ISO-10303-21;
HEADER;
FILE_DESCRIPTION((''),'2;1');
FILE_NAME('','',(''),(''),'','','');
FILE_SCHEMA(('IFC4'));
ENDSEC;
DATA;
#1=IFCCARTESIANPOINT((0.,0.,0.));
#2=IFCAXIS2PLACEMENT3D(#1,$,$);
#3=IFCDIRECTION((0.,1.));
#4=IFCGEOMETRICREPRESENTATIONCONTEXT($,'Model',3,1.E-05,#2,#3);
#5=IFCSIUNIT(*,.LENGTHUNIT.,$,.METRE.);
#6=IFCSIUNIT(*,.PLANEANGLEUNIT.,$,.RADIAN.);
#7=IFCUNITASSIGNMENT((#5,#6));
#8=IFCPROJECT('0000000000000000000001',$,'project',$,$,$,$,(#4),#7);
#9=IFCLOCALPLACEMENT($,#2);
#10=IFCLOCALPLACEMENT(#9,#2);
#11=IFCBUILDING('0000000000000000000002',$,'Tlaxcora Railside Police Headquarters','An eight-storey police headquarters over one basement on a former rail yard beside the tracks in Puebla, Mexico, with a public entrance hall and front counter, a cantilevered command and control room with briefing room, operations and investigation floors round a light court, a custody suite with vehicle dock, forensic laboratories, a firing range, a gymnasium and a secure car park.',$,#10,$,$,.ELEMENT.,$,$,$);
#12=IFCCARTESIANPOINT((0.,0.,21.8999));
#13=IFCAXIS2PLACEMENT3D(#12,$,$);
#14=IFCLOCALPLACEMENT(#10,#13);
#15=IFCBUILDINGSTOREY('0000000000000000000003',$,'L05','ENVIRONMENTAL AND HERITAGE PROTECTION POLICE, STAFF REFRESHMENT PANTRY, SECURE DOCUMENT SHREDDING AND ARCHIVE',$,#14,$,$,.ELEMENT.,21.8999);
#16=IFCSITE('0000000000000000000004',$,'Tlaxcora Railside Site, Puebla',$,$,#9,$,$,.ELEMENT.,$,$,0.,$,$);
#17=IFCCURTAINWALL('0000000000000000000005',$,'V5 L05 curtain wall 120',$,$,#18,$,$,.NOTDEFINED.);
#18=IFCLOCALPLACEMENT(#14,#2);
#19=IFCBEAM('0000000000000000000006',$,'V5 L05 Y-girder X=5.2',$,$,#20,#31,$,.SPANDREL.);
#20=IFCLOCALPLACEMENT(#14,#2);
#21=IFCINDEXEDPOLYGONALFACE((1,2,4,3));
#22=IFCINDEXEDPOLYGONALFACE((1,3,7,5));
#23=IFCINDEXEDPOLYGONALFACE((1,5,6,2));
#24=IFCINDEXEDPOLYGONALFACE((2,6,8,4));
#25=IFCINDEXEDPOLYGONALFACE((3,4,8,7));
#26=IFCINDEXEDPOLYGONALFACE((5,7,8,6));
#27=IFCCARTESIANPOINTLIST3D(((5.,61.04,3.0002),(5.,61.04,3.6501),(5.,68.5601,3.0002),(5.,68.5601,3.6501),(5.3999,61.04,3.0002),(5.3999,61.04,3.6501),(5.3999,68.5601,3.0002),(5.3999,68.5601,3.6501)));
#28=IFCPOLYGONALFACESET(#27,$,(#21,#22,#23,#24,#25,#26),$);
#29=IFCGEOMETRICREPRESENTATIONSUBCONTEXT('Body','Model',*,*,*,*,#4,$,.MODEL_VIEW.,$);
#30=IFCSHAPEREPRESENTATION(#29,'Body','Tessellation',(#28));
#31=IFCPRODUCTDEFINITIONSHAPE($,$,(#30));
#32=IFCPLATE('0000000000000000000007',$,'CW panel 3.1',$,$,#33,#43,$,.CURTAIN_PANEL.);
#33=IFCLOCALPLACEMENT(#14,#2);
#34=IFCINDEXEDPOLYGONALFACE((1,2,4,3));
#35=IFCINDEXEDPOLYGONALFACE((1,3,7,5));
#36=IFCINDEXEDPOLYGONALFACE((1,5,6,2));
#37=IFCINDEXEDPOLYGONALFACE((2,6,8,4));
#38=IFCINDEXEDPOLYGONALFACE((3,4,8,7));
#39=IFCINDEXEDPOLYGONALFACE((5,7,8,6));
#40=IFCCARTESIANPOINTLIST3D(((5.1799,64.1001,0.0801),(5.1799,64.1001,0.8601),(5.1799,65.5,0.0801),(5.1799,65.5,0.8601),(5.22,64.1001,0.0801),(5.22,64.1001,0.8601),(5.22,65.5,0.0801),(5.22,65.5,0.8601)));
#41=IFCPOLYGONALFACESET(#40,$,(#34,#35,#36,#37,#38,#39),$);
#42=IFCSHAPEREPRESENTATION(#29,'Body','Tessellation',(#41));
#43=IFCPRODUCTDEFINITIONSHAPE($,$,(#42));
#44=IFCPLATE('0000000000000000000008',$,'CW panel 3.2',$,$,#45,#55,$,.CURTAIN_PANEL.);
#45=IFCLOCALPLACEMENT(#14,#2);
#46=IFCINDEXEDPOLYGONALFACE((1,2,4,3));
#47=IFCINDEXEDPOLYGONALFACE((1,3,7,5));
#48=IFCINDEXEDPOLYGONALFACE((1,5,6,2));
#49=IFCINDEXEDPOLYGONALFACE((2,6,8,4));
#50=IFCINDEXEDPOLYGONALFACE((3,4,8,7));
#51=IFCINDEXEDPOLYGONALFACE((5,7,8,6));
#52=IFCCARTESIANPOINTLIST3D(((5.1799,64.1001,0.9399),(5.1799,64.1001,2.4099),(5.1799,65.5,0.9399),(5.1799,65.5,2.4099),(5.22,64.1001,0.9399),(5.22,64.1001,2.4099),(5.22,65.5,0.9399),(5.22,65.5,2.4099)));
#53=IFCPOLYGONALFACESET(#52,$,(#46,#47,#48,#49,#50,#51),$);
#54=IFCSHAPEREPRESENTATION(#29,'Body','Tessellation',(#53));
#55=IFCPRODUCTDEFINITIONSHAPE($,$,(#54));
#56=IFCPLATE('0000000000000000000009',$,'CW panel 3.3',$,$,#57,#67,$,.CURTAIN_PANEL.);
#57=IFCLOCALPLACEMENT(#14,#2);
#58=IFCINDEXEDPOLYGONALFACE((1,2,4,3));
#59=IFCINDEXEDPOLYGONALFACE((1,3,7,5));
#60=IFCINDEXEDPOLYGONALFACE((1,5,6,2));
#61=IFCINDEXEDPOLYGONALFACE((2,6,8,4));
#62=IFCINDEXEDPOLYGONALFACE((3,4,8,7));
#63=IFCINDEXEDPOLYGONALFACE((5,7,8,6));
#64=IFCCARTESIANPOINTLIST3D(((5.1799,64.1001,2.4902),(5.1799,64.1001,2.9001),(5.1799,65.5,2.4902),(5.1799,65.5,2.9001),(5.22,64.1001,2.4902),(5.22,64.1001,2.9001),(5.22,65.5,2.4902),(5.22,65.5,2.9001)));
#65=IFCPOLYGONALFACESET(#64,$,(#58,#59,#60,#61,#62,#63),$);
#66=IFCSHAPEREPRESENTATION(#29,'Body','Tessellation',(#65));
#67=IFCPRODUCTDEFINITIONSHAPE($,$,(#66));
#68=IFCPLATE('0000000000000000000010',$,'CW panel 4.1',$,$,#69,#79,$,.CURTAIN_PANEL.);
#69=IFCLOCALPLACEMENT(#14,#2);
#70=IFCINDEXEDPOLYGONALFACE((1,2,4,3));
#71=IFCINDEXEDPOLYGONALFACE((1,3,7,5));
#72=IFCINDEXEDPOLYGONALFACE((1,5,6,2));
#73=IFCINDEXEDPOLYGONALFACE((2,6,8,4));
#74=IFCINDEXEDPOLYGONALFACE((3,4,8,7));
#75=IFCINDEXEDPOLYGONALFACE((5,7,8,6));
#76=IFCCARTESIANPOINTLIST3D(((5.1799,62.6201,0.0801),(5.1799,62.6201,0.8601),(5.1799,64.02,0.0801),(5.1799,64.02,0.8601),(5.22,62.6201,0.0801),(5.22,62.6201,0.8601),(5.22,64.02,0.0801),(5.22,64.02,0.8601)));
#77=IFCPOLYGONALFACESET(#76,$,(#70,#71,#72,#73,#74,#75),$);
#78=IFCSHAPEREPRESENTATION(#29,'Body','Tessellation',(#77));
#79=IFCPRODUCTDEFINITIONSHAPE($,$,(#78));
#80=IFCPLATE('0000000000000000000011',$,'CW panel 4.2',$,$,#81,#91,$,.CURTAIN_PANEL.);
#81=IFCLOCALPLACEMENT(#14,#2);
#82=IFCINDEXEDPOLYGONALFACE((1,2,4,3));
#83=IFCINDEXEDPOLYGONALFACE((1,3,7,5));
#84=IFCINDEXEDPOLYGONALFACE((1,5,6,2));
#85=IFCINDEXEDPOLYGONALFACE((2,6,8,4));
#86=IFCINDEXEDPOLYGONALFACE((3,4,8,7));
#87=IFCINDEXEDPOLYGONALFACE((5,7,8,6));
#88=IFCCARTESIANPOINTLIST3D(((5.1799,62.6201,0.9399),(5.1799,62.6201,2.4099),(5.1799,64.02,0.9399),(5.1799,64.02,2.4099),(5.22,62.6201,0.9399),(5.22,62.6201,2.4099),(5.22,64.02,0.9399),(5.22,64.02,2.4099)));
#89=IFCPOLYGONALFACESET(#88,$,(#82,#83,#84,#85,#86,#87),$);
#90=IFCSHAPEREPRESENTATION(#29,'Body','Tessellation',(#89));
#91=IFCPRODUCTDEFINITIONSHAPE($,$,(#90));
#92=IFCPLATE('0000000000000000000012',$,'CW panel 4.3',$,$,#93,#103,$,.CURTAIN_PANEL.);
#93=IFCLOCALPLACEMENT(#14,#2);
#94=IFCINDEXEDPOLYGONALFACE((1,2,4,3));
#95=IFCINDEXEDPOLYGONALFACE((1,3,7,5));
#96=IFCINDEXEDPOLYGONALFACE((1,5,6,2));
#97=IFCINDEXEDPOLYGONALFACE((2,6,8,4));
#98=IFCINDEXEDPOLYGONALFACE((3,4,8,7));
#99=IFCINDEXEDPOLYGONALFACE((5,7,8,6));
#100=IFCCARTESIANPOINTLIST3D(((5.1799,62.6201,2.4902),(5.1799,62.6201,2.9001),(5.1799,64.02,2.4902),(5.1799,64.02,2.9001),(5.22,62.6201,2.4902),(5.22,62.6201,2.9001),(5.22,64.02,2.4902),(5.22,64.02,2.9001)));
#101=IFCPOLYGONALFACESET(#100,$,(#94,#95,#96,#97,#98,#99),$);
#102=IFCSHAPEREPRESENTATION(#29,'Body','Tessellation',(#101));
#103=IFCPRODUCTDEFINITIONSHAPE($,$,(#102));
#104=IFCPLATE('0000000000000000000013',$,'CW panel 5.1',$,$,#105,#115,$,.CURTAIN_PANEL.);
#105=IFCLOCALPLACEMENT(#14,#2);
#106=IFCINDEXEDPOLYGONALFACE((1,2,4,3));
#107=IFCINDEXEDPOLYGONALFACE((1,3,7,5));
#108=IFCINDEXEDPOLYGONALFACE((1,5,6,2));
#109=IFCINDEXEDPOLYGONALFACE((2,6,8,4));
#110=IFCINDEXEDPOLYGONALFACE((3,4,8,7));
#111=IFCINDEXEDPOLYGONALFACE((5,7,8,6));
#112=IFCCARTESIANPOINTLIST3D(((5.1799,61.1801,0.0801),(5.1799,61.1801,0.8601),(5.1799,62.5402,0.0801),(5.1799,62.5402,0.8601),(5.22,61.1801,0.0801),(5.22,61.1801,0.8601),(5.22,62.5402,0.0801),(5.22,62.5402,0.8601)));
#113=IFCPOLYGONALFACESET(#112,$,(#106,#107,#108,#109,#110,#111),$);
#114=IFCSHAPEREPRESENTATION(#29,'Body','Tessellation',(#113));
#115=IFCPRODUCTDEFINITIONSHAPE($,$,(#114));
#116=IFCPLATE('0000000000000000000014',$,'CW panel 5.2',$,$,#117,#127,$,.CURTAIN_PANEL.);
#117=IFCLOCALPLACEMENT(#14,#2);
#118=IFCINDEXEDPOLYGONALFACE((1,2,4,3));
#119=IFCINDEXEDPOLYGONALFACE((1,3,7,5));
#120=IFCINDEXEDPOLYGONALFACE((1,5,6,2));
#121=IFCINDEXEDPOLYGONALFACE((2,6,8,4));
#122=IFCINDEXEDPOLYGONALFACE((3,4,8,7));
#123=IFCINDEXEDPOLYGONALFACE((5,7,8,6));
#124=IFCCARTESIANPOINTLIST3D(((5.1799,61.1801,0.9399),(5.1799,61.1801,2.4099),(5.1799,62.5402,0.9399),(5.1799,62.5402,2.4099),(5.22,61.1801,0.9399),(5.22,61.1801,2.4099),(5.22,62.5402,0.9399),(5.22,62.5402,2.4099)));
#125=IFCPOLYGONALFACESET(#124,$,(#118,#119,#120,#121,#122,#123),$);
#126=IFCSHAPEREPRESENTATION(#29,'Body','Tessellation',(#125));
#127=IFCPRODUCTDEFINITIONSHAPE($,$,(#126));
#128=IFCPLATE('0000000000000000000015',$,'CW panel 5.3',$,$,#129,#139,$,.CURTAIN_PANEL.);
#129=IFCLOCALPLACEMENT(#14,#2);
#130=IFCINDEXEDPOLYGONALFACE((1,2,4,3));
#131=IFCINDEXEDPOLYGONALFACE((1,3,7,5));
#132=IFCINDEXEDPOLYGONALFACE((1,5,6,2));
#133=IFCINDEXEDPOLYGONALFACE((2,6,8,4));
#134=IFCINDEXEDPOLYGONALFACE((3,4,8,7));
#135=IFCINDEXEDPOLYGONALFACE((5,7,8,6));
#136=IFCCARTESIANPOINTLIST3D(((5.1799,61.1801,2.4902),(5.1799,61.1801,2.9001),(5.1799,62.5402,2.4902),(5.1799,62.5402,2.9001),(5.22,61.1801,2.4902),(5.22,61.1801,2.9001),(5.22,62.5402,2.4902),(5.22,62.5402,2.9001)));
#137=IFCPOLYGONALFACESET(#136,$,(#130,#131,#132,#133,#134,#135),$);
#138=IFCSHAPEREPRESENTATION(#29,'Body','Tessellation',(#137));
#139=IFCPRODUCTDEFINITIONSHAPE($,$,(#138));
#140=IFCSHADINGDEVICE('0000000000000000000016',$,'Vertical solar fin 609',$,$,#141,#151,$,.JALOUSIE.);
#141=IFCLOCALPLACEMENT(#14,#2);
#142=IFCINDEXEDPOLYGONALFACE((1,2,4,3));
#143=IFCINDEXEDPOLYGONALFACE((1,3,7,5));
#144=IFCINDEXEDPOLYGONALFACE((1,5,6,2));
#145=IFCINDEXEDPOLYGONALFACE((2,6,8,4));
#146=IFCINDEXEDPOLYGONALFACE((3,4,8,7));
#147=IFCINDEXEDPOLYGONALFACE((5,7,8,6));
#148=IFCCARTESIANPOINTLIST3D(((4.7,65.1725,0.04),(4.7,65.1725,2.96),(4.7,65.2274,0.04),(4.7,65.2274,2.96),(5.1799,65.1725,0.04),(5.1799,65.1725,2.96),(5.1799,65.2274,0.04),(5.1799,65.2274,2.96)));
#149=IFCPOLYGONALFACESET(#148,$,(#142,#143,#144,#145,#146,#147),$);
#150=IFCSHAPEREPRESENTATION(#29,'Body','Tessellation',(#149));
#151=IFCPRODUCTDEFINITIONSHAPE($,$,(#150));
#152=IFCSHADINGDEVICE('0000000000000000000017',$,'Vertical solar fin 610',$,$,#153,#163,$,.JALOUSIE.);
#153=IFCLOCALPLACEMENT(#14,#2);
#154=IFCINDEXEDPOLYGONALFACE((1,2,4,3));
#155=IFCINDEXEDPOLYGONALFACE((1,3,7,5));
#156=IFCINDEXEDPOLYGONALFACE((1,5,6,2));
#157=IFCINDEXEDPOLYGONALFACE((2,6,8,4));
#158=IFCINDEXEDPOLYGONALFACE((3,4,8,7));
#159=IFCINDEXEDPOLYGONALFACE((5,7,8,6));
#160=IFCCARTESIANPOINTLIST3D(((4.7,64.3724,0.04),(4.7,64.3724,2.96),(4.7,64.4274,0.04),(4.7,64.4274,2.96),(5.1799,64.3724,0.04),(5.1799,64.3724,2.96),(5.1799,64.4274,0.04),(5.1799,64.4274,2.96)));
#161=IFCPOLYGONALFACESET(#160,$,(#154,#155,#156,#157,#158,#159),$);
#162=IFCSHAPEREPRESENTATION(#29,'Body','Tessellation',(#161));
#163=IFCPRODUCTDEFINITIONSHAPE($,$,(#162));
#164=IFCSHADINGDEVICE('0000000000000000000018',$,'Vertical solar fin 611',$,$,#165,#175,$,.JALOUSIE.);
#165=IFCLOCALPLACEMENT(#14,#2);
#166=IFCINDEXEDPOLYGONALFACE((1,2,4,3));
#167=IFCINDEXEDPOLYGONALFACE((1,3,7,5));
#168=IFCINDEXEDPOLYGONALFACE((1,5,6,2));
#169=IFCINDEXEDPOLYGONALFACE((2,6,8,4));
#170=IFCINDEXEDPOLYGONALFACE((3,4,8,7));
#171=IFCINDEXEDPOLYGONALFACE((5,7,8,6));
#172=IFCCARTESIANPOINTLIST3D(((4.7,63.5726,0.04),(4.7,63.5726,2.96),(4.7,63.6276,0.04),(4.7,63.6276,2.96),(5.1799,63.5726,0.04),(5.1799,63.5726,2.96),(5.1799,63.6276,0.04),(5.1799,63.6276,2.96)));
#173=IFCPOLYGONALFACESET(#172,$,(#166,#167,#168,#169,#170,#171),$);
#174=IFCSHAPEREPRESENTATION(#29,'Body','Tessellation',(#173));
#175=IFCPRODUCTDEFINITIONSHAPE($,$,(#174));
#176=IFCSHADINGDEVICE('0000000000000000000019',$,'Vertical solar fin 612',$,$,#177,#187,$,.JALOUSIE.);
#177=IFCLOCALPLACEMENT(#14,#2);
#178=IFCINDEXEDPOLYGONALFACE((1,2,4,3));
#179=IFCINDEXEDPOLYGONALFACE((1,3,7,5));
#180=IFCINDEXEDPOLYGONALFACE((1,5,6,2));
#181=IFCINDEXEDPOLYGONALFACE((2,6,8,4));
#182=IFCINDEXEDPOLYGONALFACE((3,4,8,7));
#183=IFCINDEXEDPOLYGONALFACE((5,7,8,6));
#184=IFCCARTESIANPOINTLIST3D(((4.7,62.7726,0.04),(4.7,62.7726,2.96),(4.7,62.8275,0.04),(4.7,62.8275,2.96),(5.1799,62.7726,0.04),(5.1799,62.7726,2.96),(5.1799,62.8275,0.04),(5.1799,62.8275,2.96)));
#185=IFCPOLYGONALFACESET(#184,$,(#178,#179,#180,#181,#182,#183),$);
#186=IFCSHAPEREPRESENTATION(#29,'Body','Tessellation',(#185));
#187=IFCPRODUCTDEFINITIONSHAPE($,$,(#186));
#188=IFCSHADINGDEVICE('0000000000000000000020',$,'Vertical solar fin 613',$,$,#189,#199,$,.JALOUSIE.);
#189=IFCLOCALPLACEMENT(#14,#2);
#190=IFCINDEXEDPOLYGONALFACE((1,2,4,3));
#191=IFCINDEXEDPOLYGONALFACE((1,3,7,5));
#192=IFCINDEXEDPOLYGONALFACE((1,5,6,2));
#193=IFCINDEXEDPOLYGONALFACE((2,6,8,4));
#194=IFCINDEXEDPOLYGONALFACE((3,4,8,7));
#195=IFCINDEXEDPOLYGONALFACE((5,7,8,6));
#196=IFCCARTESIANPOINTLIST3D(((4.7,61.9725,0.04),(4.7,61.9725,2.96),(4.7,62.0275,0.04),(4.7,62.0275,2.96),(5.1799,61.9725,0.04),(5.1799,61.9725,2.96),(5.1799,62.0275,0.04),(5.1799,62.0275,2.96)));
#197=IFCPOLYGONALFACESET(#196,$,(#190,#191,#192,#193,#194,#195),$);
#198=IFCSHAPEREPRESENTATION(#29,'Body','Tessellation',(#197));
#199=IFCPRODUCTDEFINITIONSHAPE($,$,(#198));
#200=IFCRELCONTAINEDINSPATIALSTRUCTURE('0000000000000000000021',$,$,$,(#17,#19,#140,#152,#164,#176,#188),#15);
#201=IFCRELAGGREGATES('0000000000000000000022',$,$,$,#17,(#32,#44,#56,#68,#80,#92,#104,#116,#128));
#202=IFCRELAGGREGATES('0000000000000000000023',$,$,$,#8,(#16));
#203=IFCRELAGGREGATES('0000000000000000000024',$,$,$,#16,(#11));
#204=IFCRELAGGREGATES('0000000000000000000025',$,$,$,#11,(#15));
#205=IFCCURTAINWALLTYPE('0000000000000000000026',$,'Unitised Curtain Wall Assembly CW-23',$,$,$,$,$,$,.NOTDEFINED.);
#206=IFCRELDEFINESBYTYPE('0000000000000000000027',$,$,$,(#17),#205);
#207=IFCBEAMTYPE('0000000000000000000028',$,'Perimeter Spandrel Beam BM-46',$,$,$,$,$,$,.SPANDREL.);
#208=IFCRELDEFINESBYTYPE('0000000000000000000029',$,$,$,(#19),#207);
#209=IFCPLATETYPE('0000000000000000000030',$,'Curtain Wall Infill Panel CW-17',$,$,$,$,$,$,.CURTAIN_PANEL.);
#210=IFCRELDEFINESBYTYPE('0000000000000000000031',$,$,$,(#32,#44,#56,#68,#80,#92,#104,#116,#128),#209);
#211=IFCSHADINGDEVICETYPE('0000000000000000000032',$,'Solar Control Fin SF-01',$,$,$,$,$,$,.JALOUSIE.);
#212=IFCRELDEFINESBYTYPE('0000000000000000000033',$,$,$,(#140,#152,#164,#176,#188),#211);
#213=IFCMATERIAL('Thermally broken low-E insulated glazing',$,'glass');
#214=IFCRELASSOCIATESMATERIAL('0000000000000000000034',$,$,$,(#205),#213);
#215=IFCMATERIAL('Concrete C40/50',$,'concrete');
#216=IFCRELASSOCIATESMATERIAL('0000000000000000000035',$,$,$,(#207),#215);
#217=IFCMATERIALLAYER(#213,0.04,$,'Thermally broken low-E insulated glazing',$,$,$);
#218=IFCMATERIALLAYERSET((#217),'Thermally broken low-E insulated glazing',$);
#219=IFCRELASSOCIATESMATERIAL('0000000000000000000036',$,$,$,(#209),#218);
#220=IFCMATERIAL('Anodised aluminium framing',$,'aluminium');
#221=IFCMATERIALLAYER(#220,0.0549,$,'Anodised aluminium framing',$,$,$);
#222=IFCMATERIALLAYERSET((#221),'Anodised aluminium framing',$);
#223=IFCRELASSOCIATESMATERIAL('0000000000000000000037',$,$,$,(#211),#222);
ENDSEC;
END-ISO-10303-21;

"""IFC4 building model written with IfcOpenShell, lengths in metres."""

from ifc_helpers import new_model, si_unit, direction, frame, origin, origin_2d, place, context, subcontext, project, spatial, rectangle, extrude, material, layer, layer_set, material_profile, profile_set, type_object, element, aggregate, save


model = new_model("IFC4")

# Units and contexts
model_context = context("Model", 3, precision=1e-05, world=origin(), true_north=direction((0.0, 1.0)))
body_context = subcontext(model_context, "Body", "Model", "MODEL_VIEW")
ifc_project = project(units=[si_unit("LENGTHUNIT", "METRE"), si_unit("PLANEANGLEUNIT", "RADIAN")], contexts=[model_context])

# Site, building, storey
site_placement = place(None, origin())
site = spatial("IfcSite", under=ifc_project, at=site_placement, Name="Tlaxcora Railside Site, Puebla", CompositionType="ELEMENT", RefElevation=0.0)
building_placement = place(site_placement, origin())
building = spatial("IfcBuilding", under=site, at=building_placement, Name="Tlaxcora Railside Police Headquarters", Description="An eight-storey police headquarters over one basement on a former rail yard beside the tracks in Puebla, Mexico, with a public entrance hall and front counter, a cantilevered command and control room with briefing room, operations and investigation floors round a light court, a custody suite with vehicle dock, forensic laboratories, a firing range, a gymnasium and a secure car park.", CompositionType="ELEMENT")
storey_placement = place(building_placement, frame((0.0, 0.0, 21.8999)))
storey = spatial("IfcBuildingStorey", under=building, at=storey_placement, Name="L05", Description="ENVIRONMENTAL AND HERITAGE PROTECTION POLICE, STAFF REFRESHMENT PANTRY, SECURE DOCUMENT SHREDDING AND ARCHIVE", CompositionType="ELEMENT", Elevation=21.8999)

# Curtain wall
ifc_material_1 = material(Name="Thermally broken low-E insulated glazing", Category="glass")
curtain_wall_type = type_object("IfcCurtainWallType", Name="Unitised Curtain Wall Assembly CW-23", PredefinedType="NOTDEFINED", material=ifc_material_1)
curtain_wall_placement = place(storey_placement, origin())
curtain_wall = element("IfcCurtainWall", 1, at=curtain_wall_placement, inside=storey, type_object=curtain_wall_type, Name="V5 L05 curtain wall 120", PredefinedType="NOTDEFINED")
ifc_material_2 = material(Name="Anodised aluminium framing", Category="aluminium")

# Beam
ifc_material_3 = material(Name="Concrete C40/50", Category="concrete")
ifc_material_profile_1 = material_profile(ifc_material_3, rectangle(XDim=0.3999, YDim=0.6499, at=origin_2d()), Name="RC400X650")
ifc_profile_set_1 = profile_set([ifc_material_profile_1], Name="Concrete C40/50")
beam_type = type_object("IfcBeamType", Name="Perimeter Spandrel Beam BM-46", PredefinedType="SPANDREL", material=ifc_profile_set_1)
beam_placement = place(storey_placement, frame((5.2, 61.04, 3.3252), z_axis=(0.0, 1.0, 0.0), x_axis=(-1.0, 0.0, 0.0)))
element("IfcBeam", 2, at=beam_placement, inside=storey, type_object=beam_type, Name="V5 L05 Y-girder X=5.2", PredefinedType="SPANDREL", context=body_context, shape_type="SweptSolid", body=[
    extrude(rectangle(XDim=0.3999, YDim=0.6499, at=origin_2d()), origin(), (0.0, 0.0, 1.0), 7.52),
])

# Plates
ifc_layer_1 = layer(ifc_material_1, 0.04, Name="Thermally broken low-E insulated glazing")
ifc_layer_set_1 = layer_set([ifc_layer_1], Name="Thermally broken low-E insulated glazing")
plate_type = type_object("IfcPlateType", Name="Curtain Wall Infill Panel CW-17", PredefinedType="CURTAIN_PANEL", material=ifc_layer_set_1)
plate_1_placement = place(storey_placement, frame((5.2, 64.8, 0.0801), z_axis=(0.0, 0.0, 1.0), x_axis=(0.0, -1.0, 0.0)))
plate_1 = element("IfcPlate", 3, at=plate_1_placement, type_object=plate_type, Name="CW panel 3.1", PredefinedType="CURTAIN_PANEL", context=body_context, shape_type="SweptSolid", body=[
    extrude(rectangle(XDim=1.3999, YDim=0.04, at=origin_2d()), origin(), (0.0, 0.0, 1.0), 0.78),
])
plate_2_placement = place(storey_placement, frame((5.2, 64.8, 0.9399), z_axis=(0.0, 0.0, 1.0), x_axis=(0.0, -1.0, 0.0)))
plate_2 = element("IfcPlate", 4, at=plate_2_placement, type_object=plate_type, Name="CW panel 3.2", PredefinedType="CURTAIN_PANEL", context=body_context, shape_type="SweptSolid", body=[
    extrude(rectangle(XDim=1.3999, YDim=0.04, at=origin_2d()), origin(), (0.0, 0.0, 1.0), 1.47),
])
plate_3_placement = place(storey_placement, frame((5.2, 64.8, 2.4902), z_axis=(0.0, 0.0, 1.0), x_axis=(0.0, -1.0, 0.0)))
plate_3 = element("IfcPlate", 5, at=plate_3_placement, type_object=plate_type, Name="CW panel 3.3", PredefinedType="CURTAIN_PANEL", context=body_context, shape_type="SweptSolid", body=[
    extrude(rectangle(XDim=1.3999, YDim=0.04, at=origin_2d()), origin(), (0.0, 0.0, 1.0), 0.4099),
])
plate_4_placement = place(storey_placement, frame((5.2, 63.3201, 0.0801), z_axis=(0.0, 0.0, 1.0), x_axis=(0.0, -1.0, 0.0)))
plate_4 = element("IfcPlate", 6, at=plate_4_placement, type_object=plate_type, Name="CW panel 4.1", PredefinedType="CURTAIN_PANEL", context=body_context, shape_type="SweptSolid", body=[
    extrude(rectangle(XDim=1.3999, YDim=0.04, at=origin_2d()), origin(), (0.0, 0.0, 1.0), 0.78),
])
plate_5_placement = place(storey_placement, frame((5.2, 63.3201, 0.9399), z_axis=(0.0, 0.0, 1.0), x_axis=(0.0, -1.0, 0.0)))
plate_5 = element("IfcPlate", 7, at=plate_5_placement, type_object=plate_type, Name="CW panel 4.2", PredefinedType="CURTAIN_PANEL", context=body_context, shape_type="SweptSolid", body=[
    extrude(rectangle(XDim=1.3999, YDim=0.04, at=origin_2d()), origin(), (0.0, 0.0, 1.0), 1.47),
])
plate_6_placement = place(storey_placement, frame((5.2, 63.3201, 2.4902), z_axis=(0.0, 0.0, 1.0), x_axis=(0.0, -1.0, 0.0)))
plate_6 = element("IfcPlate", 8, at=plate_6_placement, type_object=plate_type, Name="CW panel 4.3", PredefinedType="CURTAIN_PANEL", context=body_context, shape_type="SweptSolid", body=[
    extrude(rectangle(XDim=1.3999, YDim=0.04, at=origin_2d()), origin(), (0.0, 0.0, 1.0), 0.4099),
])
plate_7_placement = place(storey_placement, frame((5.2, 61.8601, 0.0801), z_axis=(0.0, 0.0, 1.0), x_axis=(0.0, -1.0, 0.0)))
plate_7 = element("IfcPlate", 9, at=plate_7_placement, type_object=plate_type, Name="CW panel 5.1", PredefinedType="CURTAIN_PANEL", context=body_context, shape_type="SweptSolid", body=[
    extrude(rectangle(XDim=1.3601, YDim=0.04, at=origin_2d()), origin(), (0.0, 0.0, 1.0), 0.78),
])
plate_8_placement = place(storey_placement, frame((5.2, 61.8601, 0.9399), z_axis=(0.0, 0.0, 1.0), x_axis=(0.0, -1.0, 0.0)))
plate_8 = element("IfcPlate", 10, at=plate_8_placement, type_object=plate_type, Name="CW panel 5.2", PredefinedType="CURTAIN_PANEL", context=body_context, shape_type="SweptSolid", body=[
    extrude(rectangle(XDim=1.3601, YDim=0.04, at=origin_2d()), origin(), (0.0, 0.0, 1.0), 1.47),
])
plate_9_placement = place(storey_placement, frame((5.2, 61.8601, 2.4902), z_axis=(0.0, 0.0, 1.0), x_axis=(0.0, -1.0, 0.0)))
plate_9 = element("IfcPlate", 11, at=plate_9_placement, type_object=plate_type, Name="CW panel 5.3", PredefinedType="CURTAIN_PANEL", context=body_context, shape_type="SweptSolid", body=[
    extrude(rectangle(XDim=1.3601, YDim=0.04, at=origin_2d()), origin(), (0.0, 0.0, 1.0), 0.4099),
])
aggregate(curtain_wall, [plate_1, plate_2, plate_3, plate_4, plate_5, plate_6, plate_7, plate_8, plate_9])

# Shading devices
ifc_layer_2 = layer(ifc_material_2, 0.0549, Name="Anodised aluminium framing")
ifc_layer_set_2 = layer_set([ifc_layer_2], Name="Anodised aluminium framing")
shading_device_type = type_object("IfcShadingDeviceType", Name="Solar Control Fin SF-01", PredefinedType="JALOUSIE", material=ifc_layer_set_2)
for number, where, z_axis, x_axis, name in (
    (12, (4.9399, 65.2, 0.04), (0.0, 0.0, 1.0), (-1.0, 0.0, 0.0), "Vertical solar fin 609"),
    (13, (4.9399, 64.3999, 0.04), (0.0, 0.0, 1.0), (-1.0, 0.0, 0.0), "Vertical solar fin 610"),
    (14, (4.9399, 63.6001, 0.04), (0.0, 0.0, 1.0), (-1.0, 0.0, 0.0), "Vertical solar fin 611"),
    (15, (4.9399, 62.8, 0.04), (0.0, 0.0, 1.0), (-1.0, 0.0, 0.0), "Vertical solar fin 612"),
    (16, (4.9399, 62.0, 0.04), (0.0, 0.0, 1.0), (-1.0, 0.0, 0.0), "Vertical solar fin 613"),
):
    element("IfcShadingDevice", number, at=place(storey_placement, frame(where, z_axis=z_axis, x_axis=x_axis)), inside=storey, type_object=shading_device_type, Name=name, PredefinedType="JALOUSIE", context=body_context, shape_type="SweptSolid", body=[
        extrude(rectangle(XDim=0.48, YDim=0.0549, at=origin_2d()), origin(), (0.0, 0.0, 1.0), 2.9199),
    ])

save(model, "model.ifc")
